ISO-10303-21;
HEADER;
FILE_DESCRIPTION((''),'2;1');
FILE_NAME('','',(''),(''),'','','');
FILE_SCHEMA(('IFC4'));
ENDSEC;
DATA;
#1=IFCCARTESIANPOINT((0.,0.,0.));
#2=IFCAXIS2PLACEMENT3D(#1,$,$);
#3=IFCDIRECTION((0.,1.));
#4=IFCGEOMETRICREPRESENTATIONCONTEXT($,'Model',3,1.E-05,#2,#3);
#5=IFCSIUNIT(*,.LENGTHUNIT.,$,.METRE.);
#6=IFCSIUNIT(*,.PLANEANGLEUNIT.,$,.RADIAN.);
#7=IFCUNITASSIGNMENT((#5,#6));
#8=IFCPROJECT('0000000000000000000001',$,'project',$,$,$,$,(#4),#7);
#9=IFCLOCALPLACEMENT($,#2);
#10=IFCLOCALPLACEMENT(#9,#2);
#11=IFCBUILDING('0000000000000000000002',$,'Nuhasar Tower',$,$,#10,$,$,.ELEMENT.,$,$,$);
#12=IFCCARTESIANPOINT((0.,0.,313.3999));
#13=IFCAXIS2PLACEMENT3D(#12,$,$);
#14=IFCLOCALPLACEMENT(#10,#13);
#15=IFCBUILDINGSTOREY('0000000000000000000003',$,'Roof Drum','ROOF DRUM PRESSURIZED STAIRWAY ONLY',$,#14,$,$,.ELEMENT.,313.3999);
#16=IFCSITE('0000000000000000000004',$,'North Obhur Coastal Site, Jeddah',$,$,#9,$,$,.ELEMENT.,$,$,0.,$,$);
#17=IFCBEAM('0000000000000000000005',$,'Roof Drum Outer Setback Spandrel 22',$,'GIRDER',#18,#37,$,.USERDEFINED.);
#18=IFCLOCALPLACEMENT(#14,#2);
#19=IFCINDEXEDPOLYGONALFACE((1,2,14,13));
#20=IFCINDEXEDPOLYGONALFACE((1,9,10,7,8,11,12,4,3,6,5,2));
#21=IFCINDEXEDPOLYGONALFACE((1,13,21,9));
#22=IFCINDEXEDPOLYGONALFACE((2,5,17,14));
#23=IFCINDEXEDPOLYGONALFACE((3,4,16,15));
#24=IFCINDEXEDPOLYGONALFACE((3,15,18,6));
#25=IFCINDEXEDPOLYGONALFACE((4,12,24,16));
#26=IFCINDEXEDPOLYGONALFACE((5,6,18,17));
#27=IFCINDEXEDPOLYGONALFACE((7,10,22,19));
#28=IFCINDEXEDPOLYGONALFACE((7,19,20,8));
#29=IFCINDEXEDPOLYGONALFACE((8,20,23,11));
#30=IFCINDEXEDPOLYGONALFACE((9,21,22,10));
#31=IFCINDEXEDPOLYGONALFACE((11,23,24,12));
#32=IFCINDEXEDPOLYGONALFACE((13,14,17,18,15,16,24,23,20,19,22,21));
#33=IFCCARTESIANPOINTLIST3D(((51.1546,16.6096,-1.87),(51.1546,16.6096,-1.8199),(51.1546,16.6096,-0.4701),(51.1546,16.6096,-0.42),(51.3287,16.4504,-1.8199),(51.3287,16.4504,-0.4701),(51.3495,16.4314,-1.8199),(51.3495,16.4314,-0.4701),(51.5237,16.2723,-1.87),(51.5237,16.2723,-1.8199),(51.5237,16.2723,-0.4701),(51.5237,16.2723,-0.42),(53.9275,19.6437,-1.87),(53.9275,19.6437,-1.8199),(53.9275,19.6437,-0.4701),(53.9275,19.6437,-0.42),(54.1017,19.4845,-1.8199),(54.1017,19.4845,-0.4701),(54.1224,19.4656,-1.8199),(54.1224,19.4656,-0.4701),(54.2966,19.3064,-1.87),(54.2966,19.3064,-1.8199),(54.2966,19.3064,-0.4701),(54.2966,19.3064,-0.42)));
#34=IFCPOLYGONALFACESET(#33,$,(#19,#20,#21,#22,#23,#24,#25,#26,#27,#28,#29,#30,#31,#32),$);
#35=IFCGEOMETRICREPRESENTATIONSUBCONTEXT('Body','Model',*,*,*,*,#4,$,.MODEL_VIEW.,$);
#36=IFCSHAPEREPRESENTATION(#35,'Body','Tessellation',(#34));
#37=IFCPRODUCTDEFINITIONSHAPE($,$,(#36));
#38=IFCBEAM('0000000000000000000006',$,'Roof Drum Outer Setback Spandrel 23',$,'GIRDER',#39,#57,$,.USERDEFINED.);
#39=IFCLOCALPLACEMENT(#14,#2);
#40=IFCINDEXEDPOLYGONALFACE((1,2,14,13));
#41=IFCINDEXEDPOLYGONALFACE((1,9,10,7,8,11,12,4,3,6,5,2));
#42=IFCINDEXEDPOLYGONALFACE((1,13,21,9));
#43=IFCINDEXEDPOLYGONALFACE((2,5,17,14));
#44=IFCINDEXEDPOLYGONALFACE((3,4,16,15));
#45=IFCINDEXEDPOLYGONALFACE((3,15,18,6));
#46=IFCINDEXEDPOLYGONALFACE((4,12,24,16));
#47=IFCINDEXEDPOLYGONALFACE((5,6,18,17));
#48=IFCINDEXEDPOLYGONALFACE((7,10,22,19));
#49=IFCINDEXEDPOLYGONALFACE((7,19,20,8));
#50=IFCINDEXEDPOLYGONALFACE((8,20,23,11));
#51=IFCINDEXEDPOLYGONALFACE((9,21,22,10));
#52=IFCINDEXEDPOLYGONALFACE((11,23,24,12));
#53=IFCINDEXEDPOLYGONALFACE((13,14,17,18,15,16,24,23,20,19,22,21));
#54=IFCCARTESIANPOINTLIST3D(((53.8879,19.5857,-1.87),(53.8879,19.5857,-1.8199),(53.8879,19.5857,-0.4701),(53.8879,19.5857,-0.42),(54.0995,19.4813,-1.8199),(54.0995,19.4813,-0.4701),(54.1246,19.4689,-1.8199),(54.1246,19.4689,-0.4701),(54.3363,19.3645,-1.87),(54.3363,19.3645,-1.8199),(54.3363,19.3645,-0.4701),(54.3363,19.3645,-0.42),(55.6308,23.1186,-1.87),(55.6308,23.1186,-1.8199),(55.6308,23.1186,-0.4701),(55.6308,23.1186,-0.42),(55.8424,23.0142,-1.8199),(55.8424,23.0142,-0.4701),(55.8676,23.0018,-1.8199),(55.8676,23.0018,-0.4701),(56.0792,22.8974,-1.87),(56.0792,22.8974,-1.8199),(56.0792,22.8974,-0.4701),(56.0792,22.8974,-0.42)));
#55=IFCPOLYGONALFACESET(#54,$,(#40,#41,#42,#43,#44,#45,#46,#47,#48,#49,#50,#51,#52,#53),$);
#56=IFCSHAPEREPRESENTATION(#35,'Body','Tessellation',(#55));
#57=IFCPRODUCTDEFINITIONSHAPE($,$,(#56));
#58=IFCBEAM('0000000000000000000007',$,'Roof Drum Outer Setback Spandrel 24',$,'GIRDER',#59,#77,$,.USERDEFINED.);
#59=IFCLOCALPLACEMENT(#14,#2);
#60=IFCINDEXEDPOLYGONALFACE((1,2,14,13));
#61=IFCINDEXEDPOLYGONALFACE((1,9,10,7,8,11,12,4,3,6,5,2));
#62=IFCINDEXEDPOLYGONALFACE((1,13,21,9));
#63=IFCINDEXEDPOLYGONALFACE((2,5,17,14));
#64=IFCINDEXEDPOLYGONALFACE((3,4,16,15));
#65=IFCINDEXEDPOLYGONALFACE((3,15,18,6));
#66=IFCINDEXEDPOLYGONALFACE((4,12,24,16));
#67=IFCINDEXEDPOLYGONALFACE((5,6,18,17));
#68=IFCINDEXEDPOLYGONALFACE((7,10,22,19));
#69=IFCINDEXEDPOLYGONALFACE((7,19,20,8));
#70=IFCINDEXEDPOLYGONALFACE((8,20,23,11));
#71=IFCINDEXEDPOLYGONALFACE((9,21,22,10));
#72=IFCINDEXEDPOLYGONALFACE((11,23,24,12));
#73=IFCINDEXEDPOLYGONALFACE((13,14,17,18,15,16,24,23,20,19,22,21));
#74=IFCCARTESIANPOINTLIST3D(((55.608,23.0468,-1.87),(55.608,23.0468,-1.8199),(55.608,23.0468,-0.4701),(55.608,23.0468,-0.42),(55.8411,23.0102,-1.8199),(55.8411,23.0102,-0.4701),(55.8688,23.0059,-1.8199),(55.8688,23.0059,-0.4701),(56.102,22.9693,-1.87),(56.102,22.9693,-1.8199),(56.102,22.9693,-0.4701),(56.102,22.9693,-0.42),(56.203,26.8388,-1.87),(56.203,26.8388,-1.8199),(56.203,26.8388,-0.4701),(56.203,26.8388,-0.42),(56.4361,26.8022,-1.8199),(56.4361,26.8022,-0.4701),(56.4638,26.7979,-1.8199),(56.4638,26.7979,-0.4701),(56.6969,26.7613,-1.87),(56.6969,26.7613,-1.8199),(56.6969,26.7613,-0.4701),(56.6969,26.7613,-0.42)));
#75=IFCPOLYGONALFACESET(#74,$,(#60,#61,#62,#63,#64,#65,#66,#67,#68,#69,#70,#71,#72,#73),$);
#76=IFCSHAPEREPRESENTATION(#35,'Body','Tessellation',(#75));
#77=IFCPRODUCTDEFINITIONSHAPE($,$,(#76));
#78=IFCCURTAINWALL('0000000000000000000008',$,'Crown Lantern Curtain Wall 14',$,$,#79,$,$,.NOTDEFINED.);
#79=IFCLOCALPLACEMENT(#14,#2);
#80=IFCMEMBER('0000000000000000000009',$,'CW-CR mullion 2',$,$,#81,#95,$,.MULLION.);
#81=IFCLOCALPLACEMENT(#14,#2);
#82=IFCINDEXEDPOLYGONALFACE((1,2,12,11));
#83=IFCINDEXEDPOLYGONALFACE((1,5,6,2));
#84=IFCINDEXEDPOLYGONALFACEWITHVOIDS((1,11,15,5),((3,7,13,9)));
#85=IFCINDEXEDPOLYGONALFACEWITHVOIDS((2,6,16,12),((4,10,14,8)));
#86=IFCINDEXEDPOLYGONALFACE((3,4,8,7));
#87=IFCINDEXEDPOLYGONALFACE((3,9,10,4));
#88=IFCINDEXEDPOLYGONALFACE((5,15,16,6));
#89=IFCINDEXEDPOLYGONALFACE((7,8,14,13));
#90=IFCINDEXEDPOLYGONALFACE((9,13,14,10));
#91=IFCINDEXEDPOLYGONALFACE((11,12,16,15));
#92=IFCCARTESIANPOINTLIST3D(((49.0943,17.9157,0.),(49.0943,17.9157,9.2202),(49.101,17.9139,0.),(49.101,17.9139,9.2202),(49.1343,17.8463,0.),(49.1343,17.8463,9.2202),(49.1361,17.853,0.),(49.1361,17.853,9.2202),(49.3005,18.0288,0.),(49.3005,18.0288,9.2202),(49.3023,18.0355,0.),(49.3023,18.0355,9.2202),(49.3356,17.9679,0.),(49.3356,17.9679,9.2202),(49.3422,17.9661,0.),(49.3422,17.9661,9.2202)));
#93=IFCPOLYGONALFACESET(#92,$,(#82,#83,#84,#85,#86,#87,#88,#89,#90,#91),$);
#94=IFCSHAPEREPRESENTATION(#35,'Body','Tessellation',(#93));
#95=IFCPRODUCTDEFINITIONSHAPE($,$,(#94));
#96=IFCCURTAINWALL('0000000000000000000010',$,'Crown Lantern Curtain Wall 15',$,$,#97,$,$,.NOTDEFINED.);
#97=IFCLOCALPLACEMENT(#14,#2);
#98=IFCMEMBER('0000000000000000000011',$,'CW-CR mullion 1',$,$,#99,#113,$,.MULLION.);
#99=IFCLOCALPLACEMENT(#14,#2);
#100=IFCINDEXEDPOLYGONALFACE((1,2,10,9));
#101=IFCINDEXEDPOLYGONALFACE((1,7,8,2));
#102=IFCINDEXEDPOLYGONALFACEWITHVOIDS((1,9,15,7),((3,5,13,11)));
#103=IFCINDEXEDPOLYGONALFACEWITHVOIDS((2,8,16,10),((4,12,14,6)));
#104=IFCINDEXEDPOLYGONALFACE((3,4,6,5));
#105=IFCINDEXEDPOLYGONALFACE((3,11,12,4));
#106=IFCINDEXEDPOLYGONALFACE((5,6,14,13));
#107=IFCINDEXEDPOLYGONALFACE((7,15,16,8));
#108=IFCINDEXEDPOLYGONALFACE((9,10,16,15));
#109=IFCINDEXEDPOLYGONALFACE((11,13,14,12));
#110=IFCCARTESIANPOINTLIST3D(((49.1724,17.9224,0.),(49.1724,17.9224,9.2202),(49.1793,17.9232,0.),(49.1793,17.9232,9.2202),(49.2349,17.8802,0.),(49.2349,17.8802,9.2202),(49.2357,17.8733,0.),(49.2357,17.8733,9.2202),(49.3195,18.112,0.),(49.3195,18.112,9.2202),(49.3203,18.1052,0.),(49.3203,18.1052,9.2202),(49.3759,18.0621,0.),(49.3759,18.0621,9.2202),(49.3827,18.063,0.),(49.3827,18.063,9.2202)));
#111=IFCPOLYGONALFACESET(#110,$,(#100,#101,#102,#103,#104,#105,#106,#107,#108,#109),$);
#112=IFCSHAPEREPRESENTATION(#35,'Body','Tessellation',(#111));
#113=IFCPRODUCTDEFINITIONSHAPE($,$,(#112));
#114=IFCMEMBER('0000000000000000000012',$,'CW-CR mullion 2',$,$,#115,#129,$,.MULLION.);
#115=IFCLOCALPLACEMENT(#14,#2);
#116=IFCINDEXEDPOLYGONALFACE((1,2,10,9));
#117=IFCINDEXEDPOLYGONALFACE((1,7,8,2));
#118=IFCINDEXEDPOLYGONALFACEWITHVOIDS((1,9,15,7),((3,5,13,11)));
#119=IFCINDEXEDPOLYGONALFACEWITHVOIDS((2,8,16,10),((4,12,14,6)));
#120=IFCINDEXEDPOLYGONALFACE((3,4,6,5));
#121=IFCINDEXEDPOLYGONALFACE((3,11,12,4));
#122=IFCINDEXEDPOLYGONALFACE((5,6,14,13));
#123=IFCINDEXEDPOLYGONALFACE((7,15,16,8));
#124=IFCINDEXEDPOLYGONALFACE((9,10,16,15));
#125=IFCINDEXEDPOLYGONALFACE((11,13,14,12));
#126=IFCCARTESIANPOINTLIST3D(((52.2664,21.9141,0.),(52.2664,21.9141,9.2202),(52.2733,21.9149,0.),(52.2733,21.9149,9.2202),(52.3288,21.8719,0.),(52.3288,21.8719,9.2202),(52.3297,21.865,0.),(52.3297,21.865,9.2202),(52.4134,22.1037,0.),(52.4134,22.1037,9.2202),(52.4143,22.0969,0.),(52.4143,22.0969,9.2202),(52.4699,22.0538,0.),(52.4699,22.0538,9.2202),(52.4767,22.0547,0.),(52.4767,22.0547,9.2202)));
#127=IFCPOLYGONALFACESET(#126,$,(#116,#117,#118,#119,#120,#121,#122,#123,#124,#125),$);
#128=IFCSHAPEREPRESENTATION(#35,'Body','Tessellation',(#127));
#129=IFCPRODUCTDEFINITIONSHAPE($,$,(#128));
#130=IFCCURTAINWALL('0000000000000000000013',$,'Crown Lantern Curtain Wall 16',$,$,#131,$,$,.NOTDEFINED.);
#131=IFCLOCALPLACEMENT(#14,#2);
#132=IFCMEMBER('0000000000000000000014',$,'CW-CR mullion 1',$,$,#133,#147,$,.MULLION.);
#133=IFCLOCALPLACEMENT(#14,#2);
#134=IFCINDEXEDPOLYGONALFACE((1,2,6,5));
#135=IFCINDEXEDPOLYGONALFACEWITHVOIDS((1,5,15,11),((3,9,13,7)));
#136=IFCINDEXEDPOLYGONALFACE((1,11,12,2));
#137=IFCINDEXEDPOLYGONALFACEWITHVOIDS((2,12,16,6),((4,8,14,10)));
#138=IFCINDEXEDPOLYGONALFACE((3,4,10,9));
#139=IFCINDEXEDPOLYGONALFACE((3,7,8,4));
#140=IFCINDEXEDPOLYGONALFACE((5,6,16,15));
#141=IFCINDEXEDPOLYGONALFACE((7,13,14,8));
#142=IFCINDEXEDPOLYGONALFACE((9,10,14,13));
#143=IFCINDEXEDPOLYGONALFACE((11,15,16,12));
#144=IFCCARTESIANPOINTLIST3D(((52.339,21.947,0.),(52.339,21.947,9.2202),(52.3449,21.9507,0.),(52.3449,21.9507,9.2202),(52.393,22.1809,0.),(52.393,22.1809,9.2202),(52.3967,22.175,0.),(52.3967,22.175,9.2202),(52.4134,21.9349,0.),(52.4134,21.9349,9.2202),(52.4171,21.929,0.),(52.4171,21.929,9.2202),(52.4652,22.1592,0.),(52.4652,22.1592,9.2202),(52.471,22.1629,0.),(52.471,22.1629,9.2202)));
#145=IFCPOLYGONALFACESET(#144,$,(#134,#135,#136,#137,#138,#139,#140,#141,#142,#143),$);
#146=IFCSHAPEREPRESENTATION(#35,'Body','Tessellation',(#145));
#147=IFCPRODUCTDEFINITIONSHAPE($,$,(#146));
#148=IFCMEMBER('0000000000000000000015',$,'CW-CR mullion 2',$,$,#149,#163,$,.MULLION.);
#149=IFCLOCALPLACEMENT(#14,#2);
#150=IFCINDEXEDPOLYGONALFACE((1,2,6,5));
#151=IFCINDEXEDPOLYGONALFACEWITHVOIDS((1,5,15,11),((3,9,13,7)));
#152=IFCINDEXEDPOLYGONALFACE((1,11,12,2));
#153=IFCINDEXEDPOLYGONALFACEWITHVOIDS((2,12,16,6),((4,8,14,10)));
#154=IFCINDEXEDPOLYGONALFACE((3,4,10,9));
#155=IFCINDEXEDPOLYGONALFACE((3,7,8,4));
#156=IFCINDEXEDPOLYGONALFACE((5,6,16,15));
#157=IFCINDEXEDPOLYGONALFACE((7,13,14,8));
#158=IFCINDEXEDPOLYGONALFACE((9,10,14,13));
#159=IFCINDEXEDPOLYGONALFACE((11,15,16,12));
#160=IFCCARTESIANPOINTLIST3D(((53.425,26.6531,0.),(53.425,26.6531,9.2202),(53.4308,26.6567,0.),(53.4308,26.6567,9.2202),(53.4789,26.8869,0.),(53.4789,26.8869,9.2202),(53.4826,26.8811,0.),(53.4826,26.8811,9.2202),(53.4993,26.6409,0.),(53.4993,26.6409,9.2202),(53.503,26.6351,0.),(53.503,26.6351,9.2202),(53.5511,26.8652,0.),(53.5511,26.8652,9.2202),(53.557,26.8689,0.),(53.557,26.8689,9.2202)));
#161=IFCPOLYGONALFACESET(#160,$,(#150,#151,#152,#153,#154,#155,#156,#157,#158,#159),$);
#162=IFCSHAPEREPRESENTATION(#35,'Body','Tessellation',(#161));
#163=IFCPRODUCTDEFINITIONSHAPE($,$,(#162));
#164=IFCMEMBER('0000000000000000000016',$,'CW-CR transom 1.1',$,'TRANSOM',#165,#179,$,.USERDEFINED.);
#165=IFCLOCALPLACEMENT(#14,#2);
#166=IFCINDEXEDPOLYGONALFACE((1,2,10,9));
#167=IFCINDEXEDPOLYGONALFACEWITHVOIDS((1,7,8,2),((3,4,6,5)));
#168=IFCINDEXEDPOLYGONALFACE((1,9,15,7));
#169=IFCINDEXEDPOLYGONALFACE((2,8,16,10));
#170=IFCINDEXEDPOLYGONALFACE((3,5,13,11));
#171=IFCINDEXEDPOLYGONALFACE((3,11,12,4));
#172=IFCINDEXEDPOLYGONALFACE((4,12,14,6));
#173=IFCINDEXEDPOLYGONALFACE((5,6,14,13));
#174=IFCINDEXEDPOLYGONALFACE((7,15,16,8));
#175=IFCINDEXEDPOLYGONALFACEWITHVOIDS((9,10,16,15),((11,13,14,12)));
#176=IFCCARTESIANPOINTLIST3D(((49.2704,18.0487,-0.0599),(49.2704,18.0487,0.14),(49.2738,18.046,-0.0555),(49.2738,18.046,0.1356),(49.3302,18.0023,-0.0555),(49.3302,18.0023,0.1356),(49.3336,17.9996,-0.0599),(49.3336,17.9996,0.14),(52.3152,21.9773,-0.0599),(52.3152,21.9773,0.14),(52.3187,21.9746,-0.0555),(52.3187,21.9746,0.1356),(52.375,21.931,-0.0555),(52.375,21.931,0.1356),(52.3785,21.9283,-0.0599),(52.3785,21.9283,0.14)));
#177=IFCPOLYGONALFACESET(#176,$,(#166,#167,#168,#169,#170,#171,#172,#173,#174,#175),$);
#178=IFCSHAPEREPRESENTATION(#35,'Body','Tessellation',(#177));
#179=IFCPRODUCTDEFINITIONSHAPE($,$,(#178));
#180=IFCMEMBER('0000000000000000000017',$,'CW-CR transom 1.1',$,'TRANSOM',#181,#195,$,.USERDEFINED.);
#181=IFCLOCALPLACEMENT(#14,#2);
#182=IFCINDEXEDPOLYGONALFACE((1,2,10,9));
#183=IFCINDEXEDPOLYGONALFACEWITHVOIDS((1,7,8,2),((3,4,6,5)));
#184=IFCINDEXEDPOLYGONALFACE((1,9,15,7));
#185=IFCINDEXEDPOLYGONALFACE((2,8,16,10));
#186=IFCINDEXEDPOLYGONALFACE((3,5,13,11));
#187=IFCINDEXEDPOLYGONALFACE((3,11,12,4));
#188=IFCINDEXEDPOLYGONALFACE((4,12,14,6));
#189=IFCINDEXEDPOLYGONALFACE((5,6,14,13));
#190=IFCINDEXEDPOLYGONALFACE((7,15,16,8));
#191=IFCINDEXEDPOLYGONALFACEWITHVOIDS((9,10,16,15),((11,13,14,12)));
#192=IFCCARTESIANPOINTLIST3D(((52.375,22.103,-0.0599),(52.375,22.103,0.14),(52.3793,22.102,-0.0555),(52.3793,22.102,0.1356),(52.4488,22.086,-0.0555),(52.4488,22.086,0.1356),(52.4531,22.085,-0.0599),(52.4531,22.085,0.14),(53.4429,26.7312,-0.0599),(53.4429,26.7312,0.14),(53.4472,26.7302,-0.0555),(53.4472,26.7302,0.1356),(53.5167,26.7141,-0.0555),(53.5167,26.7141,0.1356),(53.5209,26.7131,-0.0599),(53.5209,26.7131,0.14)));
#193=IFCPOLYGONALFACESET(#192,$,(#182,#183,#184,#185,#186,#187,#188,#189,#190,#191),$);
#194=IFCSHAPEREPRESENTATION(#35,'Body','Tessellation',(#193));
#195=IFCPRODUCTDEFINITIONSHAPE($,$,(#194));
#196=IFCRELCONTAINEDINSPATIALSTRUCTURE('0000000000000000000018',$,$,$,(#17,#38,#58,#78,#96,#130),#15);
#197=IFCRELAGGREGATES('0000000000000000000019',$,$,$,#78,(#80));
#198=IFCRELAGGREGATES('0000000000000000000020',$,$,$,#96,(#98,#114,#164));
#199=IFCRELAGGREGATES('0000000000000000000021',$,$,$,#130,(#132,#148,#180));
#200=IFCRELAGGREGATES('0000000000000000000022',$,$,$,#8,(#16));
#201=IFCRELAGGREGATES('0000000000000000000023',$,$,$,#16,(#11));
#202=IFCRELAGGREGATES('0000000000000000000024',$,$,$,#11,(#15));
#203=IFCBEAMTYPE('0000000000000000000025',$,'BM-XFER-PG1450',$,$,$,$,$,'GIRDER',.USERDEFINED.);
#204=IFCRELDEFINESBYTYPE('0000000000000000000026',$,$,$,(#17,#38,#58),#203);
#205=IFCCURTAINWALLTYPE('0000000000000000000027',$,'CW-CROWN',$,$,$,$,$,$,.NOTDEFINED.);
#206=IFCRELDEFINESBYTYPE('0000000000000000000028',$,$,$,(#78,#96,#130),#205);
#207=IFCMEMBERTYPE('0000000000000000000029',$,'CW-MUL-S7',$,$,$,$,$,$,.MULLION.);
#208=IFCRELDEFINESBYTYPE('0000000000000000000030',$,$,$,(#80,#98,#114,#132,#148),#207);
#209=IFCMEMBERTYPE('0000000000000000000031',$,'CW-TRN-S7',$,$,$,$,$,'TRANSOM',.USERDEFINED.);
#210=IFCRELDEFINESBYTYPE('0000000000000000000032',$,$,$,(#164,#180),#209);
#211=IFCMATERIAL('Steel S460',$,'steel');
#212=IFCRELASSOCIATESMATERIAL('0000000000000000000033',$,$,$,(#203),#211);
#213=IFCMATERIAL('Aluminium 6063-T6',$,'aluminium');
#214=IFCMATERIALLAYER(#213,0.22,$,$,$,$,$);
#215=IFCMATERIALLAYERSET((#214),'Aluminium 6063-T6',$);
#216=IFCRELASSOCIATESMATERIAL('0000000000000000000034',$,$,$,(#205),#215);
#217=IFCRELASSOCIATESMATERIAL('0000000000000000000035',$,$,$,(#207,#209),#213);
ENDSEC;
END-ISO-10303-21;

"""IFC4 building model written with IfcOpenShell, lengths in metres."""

from ifc_helpers import new_model, si_unit, direction, frame, origin, origin_2d, place, context, subcontext, project, spatial, hollow_rectangle, i_section, extrude, material, layer, layer_set, material_profile, profile_set, type_object, element, aggregate, save


model = new_model("IFC4")

# Units and contexts
model_context = context("Model", 3, precision=1e-05, world=origin(), true_north=direction((0.0, 1.0)))
body_context = subcontext(model_context, "Body", "Model", "MODEL_VIEW")
ifc_project = project(units=[si_unit("LENGTHUNIT", "METRE"), si_unit("PLANEANGLEUNIT", "RADIAN")], contexts=[model_context])

# Site, building, storey
site_placement = place(None, origin())
site = spatial("IfcSite", under=ifc_project, at=site_placement, Name="North Obhur Coastal Site, Jeddah", CompositionType="ELEMENT", RefElevation=0.0)
building_placement = place(site_placement, origin())
building = spatial("IfcBuilding", under=site, at=building_placement, Name="Nuhasar Tower", CompositionType="ELEMENT")
storey_placement = place(building_placement, frame((0.0, 0.0, 313.3999)))
storey = spatial("IfcBuildingStorey", under=building, at=storey_placement, Name="Roof Drum", Description="ROOF DRUM PRESSURIZED STAIRWAY ONLY", CompositionType="ELEMENT", Elevation=313.3999)

# Beams
ifc_material_1 = material(Name="Steel S460", Category="steel")
ifc_material_profile_1 = material_profile(ifc_material_1, i_section(OverallWidth=0.5, OverallDepth=1.45, WebThickness=0.0281, FlangeThickness=0.05, at=origin_2d()), Name="PG1450X500")
ifc_profile_set_1 = profile_set([ifc_material_profile_1], Name="Steel S460")
beam_type_1 = type_object("IfcBeamType", Name="BM-XFER-PG1450", ElementType="GIRDER", PredefinedType="USERDEFINED", material=ifc_profile_set_1)
beam_1_placement = place(storey_placement, frame((51.3391, 16.4409, -1.145), z_axis=(0.674616, 0.738169, 0.0), x_axis=(-0.738169, 0.674616, 0.0)))
element("IfcBeam", 1, at=beam_1_placement, inside=storey, type_object=beam_type_1, Name="Roof Drum Outer Setback Spandrel 22", ObjectType="GIRDER", PredefinedType="USERDEFINED", context=body_context, shape_type="SweptSolid", body=[
    extrude(i_section(OverallWidth=0.5, OverallDepth=1.45, WebThickness=0.0281, FlangeThickness=0.05, at=origin_2d()), origin(), (0.0, 0.0, 1.0), 4.1104),
])
beam_2_placement = place(storey_placement, frame((54.1121, 19.4751, -1.145), z_axis=(0.442423, 0.896807, 0.0), x_axis=(-0.896807, 0.442423, 0.0)))
element("IfcBeam", 2, at=beam_2_placement, inside=storey, type_object=beam_type_1, Name="Roof Drum Outer Setback Spandrel 23", ObjectType="GIRDER", PredefinedType="USERDEFINED", context=body_context, shape_type="SweptSolid", body=[
    extrude(i_section(OverallWidth=0.5, OverallDepth=1.45, WebThickness=0.0281, FlangeThickness=0.05, at=origin_2d()), origin(), (0.0, 0.0, 1.0), 3.9395),
])
beam_3_placement = place(storey_placement, frame((55.855, 23.0081, -1.145), z_axis=(0.155006, 0.987914, 0.0), x_axis=(-0.987914, 0.155006, 0.0)))
element("IfcBeam", 3, at=beam_3_placement, inside=storey, type_object=beam_type_1, Name="Roof Drum Outer Setback Spandrel 24", ObjectType="GIRDER", PredefinedType="USERDEFINED", context=body_context, shape_type="SweptSolid", body=[
    extrude(i_section(OverallWidth=0.5, OverallDepth=1.45, WebThickness=0.0281, FlangeThickness=0.05, at=origin_2d()), origin(), (0.0, 0.0, 1.0), 3.8384),
])

# Curtain wall, member
ifc_material_2 = material(Name="Aluminium 6063-T6", Category="aluminium")
ifc_layer_1 = layer(ifc_material_2, 0.22)
ifc_layer_set_1 = layer_set([ifc_layer_1], Name="Aluminium 6063-T6")
curtain_wall_type = type_object("IfcCurtainWallType", Name="CW-CROWN", PredefinedType="NOTDEFINED", material=ifc_layer_set_1)
curtain_wall_1_placement = place(storey_placement, origin())
curtain_wall_1 = element("IfcCurtainWall", 4, at=curtain_wall_1_placement, inside=storey, type_object=curtain_wall_type, Name="Crown Lantern Curtain Wall 14", PredefinedType="NOTDEFINED")
ifc_material_profile_2 = material_profile(ifc_material_2, hollow_rectangle(XDim=0.0801, YDim=0.24, WallThickness=0.0049, at=origin_2d()), Name="CWM-7")
ifc_profile_set_2 = profile_set([ifc_material_profile_2], Name="Aluminium 6063-T6")
member_type_1 = type_object("IfcMemberType", Name="CW-MUL-S7", PredefinedType="MULLION", material=ifc_profile_set_2)
member_1_placement = place(storey_placement, frame((49.2183, 17.9409, 0.0), z_axis=(0.0, 0.0, 1.0), x_axis=(-0.499052, 0.866572, 0.0)))
member_1 = element("IfcMember", 5, at=member_1_placement, type_object=member_type_1, Name="CW-CR mullion 2", PredefinedType="MULLION", context=body_context, shape_type="SweptSolid", body=[
    extrude(hollow_rectangle(XDim=0.0801, YDim=0.24, WallThickness=0.0049, at=origin_2d()), origin(), (0.0, 0.0, 1.0), 9.2202),
])
aggregate(curtain_wall_1, [member_1])

# Curtain walls, members
curtain_wall_2_placement = place(storey_placement, origin())
curtain_wall_2 = element("IfcCurtainWall", 6, at=curtain_wall_2_placement, inside=storey, type_object=curtain_wall_type, Name="Crown Lantern Curtain Wall 15", PredefinedType="NOTDEFINED")
member_2_placement = place(storey_placement, frame((49.2776, 17.9927, 0.0), z_axis=(0.0, 0.0, 1.0), x_axis=(-0.79038, 0.612617, 0.0)))
member_2 = element("IfcMember", 7, at=member_2_placement, type_object=member_type_1, Name="CW-CR mullion 1", PredefinedType="MULLION", context=body_context, shape_type="SweptSolid", body=[
    extrude(hollow_rectangle(XDim=0.0801, YDim=0.24, WallThickness=0.0049, at=origin_2d()), origin(), (0.0, 0.0, 1.0), 9.2202),
])
member_3_placement = place(storey_placement, frame((52.3716, 21.9844, 0.0), z_axis=(0.0, 0.0, 1.0), x_axis=(-0.79038, 0.612617, 0.0)))
member_3 = element("IfcMember", 8, at=member_3_placement, type_object=member_type_1, Name="CW-CR mullion 2", PredefinedType="MULLION", context=body_context, shape_type="SweptSolid", body=[
    extrude(hollow_rectangle(XDim=0.0801, YDim=0.24, WallThickness=0.0049, at=origin_2d()), origin(), (0.0, 0.0, 1.0), 9.2202),
])
curtain_wall_3_placement = place(storey_placement, origin())
curtain_wall_3 = element("IfcCurtainWall", 9, at=curtain_wall_3_placement, inside=storey, type_object=curtain_wall_type, Name="Crown Lantern Curtain Wall 16", PredefinedType="NOTDEFINED")
member_4_placement = place(storey_placement, frame((52.405, 22.0549, 0.0), z_axis=(0.0, 0.0, 1.0), x_axis=(-0.974391, 0.22486, 0.0)))
member_4 = element("IfcMember", 10, at=member_4_placement, type_object=member_type_1, Name="CW-CR mullion 1", PredefinedType="MULLION", context=body_context, shape_type="SweptSolid", body=[
    extrude(hollow_rectangle(XDim=0.0801, YDim=0.24, WallThickness=0.0049, at=origin_2d()), origin(), (0.0, 0.0, 1.0), 9.2202),
])
member_5_placement = place(storey_placement, frame((53.491, 26.761, 0.0), z_axis=(0.0, 0.0, 1.0), x_axis=(-0.974391, 0.22486, 0.0)))
member_5 = element("IfcMember", 11, at=member_5_placement, type_object=member_type_1, Name="CW-CR mullion 2", PredefinedType="MULLION", context=body_context, shape_type="SweptSolid", body=[
    extrude(hollow_rectangle(XDim=0.0801, YDim=0.24, WallThickness=0.0049, at=origin_2d()), origin(), (0.0, 0.0, 1.0), 9.2202),
])

# Members
ifc_material_profile_3 = material_profile(ifc_material_2, hollow_rectangle(XDim=0.0801, YDim=0.2, WallThickness=0.0044, at=origin_2d()), Name="CWT-7")
ifc_profile_set_3 = profile_set([ifc_material_profile_3], Name="Aluminium 6063-T6")
member_type_2 = type_object("IfcMemberType", Name="CW-TRN-S7", ElementType="TRANSOM", PredefinedType="USERDEFINED", material=ifc_profile_set_3)
member_6_placement = place(storey_placement, frame((49.302, 18.0242, 0.04), z_axis=(0.612593, 0.790398, 0.0), x_axis=(-0.790398, 0.612593, 0.0)))
member_6 = element("IfcMember", 12, at=member_6_placement, type_object=member_type_2, Name="CW-CR transom 1.1", ObjectType="TRANSOM", PredefinedType="USERDEFINED", context=body_context, shape_type="SweptSolid", body=[
    extrude(hollow_rectangle(XDim=0.0801, YDim=0.2, WallThickness=0.0044, at=origin_2d()), origin(), (0.0, 0.0, 1.0), 4.9705),
])
aggregate(curtain_wall_2, [member_2, member_3, member_6])
member_7_placement = place(storey_placement, frame((52.4141, 22.094, 0.04), z_axis=(0.224826, 0.974399, 0.0), x_axis=(-0.974399, 0.224826, 0.0)))
member_7 = element("IfcMember", 13, at=member_7_placement, type_object=member_type_2, Name="CW-CR transom 1.1", ObjectType="TRANSOM", PredefinedType="USERDEFINED", context=body_context, shape_type="SweptSolid", body=[
    extrude(hollow_rectangle(XDim=0.0801, YDim=0.2, WallThickness=0.0044, at=origin_2d()), origin(), (0.0, 0.0, 1.0), 4.7498),
])
aggregate(curtain_wall_3, [member_4, member_5, member_7])

save(model, "model.ifc")
